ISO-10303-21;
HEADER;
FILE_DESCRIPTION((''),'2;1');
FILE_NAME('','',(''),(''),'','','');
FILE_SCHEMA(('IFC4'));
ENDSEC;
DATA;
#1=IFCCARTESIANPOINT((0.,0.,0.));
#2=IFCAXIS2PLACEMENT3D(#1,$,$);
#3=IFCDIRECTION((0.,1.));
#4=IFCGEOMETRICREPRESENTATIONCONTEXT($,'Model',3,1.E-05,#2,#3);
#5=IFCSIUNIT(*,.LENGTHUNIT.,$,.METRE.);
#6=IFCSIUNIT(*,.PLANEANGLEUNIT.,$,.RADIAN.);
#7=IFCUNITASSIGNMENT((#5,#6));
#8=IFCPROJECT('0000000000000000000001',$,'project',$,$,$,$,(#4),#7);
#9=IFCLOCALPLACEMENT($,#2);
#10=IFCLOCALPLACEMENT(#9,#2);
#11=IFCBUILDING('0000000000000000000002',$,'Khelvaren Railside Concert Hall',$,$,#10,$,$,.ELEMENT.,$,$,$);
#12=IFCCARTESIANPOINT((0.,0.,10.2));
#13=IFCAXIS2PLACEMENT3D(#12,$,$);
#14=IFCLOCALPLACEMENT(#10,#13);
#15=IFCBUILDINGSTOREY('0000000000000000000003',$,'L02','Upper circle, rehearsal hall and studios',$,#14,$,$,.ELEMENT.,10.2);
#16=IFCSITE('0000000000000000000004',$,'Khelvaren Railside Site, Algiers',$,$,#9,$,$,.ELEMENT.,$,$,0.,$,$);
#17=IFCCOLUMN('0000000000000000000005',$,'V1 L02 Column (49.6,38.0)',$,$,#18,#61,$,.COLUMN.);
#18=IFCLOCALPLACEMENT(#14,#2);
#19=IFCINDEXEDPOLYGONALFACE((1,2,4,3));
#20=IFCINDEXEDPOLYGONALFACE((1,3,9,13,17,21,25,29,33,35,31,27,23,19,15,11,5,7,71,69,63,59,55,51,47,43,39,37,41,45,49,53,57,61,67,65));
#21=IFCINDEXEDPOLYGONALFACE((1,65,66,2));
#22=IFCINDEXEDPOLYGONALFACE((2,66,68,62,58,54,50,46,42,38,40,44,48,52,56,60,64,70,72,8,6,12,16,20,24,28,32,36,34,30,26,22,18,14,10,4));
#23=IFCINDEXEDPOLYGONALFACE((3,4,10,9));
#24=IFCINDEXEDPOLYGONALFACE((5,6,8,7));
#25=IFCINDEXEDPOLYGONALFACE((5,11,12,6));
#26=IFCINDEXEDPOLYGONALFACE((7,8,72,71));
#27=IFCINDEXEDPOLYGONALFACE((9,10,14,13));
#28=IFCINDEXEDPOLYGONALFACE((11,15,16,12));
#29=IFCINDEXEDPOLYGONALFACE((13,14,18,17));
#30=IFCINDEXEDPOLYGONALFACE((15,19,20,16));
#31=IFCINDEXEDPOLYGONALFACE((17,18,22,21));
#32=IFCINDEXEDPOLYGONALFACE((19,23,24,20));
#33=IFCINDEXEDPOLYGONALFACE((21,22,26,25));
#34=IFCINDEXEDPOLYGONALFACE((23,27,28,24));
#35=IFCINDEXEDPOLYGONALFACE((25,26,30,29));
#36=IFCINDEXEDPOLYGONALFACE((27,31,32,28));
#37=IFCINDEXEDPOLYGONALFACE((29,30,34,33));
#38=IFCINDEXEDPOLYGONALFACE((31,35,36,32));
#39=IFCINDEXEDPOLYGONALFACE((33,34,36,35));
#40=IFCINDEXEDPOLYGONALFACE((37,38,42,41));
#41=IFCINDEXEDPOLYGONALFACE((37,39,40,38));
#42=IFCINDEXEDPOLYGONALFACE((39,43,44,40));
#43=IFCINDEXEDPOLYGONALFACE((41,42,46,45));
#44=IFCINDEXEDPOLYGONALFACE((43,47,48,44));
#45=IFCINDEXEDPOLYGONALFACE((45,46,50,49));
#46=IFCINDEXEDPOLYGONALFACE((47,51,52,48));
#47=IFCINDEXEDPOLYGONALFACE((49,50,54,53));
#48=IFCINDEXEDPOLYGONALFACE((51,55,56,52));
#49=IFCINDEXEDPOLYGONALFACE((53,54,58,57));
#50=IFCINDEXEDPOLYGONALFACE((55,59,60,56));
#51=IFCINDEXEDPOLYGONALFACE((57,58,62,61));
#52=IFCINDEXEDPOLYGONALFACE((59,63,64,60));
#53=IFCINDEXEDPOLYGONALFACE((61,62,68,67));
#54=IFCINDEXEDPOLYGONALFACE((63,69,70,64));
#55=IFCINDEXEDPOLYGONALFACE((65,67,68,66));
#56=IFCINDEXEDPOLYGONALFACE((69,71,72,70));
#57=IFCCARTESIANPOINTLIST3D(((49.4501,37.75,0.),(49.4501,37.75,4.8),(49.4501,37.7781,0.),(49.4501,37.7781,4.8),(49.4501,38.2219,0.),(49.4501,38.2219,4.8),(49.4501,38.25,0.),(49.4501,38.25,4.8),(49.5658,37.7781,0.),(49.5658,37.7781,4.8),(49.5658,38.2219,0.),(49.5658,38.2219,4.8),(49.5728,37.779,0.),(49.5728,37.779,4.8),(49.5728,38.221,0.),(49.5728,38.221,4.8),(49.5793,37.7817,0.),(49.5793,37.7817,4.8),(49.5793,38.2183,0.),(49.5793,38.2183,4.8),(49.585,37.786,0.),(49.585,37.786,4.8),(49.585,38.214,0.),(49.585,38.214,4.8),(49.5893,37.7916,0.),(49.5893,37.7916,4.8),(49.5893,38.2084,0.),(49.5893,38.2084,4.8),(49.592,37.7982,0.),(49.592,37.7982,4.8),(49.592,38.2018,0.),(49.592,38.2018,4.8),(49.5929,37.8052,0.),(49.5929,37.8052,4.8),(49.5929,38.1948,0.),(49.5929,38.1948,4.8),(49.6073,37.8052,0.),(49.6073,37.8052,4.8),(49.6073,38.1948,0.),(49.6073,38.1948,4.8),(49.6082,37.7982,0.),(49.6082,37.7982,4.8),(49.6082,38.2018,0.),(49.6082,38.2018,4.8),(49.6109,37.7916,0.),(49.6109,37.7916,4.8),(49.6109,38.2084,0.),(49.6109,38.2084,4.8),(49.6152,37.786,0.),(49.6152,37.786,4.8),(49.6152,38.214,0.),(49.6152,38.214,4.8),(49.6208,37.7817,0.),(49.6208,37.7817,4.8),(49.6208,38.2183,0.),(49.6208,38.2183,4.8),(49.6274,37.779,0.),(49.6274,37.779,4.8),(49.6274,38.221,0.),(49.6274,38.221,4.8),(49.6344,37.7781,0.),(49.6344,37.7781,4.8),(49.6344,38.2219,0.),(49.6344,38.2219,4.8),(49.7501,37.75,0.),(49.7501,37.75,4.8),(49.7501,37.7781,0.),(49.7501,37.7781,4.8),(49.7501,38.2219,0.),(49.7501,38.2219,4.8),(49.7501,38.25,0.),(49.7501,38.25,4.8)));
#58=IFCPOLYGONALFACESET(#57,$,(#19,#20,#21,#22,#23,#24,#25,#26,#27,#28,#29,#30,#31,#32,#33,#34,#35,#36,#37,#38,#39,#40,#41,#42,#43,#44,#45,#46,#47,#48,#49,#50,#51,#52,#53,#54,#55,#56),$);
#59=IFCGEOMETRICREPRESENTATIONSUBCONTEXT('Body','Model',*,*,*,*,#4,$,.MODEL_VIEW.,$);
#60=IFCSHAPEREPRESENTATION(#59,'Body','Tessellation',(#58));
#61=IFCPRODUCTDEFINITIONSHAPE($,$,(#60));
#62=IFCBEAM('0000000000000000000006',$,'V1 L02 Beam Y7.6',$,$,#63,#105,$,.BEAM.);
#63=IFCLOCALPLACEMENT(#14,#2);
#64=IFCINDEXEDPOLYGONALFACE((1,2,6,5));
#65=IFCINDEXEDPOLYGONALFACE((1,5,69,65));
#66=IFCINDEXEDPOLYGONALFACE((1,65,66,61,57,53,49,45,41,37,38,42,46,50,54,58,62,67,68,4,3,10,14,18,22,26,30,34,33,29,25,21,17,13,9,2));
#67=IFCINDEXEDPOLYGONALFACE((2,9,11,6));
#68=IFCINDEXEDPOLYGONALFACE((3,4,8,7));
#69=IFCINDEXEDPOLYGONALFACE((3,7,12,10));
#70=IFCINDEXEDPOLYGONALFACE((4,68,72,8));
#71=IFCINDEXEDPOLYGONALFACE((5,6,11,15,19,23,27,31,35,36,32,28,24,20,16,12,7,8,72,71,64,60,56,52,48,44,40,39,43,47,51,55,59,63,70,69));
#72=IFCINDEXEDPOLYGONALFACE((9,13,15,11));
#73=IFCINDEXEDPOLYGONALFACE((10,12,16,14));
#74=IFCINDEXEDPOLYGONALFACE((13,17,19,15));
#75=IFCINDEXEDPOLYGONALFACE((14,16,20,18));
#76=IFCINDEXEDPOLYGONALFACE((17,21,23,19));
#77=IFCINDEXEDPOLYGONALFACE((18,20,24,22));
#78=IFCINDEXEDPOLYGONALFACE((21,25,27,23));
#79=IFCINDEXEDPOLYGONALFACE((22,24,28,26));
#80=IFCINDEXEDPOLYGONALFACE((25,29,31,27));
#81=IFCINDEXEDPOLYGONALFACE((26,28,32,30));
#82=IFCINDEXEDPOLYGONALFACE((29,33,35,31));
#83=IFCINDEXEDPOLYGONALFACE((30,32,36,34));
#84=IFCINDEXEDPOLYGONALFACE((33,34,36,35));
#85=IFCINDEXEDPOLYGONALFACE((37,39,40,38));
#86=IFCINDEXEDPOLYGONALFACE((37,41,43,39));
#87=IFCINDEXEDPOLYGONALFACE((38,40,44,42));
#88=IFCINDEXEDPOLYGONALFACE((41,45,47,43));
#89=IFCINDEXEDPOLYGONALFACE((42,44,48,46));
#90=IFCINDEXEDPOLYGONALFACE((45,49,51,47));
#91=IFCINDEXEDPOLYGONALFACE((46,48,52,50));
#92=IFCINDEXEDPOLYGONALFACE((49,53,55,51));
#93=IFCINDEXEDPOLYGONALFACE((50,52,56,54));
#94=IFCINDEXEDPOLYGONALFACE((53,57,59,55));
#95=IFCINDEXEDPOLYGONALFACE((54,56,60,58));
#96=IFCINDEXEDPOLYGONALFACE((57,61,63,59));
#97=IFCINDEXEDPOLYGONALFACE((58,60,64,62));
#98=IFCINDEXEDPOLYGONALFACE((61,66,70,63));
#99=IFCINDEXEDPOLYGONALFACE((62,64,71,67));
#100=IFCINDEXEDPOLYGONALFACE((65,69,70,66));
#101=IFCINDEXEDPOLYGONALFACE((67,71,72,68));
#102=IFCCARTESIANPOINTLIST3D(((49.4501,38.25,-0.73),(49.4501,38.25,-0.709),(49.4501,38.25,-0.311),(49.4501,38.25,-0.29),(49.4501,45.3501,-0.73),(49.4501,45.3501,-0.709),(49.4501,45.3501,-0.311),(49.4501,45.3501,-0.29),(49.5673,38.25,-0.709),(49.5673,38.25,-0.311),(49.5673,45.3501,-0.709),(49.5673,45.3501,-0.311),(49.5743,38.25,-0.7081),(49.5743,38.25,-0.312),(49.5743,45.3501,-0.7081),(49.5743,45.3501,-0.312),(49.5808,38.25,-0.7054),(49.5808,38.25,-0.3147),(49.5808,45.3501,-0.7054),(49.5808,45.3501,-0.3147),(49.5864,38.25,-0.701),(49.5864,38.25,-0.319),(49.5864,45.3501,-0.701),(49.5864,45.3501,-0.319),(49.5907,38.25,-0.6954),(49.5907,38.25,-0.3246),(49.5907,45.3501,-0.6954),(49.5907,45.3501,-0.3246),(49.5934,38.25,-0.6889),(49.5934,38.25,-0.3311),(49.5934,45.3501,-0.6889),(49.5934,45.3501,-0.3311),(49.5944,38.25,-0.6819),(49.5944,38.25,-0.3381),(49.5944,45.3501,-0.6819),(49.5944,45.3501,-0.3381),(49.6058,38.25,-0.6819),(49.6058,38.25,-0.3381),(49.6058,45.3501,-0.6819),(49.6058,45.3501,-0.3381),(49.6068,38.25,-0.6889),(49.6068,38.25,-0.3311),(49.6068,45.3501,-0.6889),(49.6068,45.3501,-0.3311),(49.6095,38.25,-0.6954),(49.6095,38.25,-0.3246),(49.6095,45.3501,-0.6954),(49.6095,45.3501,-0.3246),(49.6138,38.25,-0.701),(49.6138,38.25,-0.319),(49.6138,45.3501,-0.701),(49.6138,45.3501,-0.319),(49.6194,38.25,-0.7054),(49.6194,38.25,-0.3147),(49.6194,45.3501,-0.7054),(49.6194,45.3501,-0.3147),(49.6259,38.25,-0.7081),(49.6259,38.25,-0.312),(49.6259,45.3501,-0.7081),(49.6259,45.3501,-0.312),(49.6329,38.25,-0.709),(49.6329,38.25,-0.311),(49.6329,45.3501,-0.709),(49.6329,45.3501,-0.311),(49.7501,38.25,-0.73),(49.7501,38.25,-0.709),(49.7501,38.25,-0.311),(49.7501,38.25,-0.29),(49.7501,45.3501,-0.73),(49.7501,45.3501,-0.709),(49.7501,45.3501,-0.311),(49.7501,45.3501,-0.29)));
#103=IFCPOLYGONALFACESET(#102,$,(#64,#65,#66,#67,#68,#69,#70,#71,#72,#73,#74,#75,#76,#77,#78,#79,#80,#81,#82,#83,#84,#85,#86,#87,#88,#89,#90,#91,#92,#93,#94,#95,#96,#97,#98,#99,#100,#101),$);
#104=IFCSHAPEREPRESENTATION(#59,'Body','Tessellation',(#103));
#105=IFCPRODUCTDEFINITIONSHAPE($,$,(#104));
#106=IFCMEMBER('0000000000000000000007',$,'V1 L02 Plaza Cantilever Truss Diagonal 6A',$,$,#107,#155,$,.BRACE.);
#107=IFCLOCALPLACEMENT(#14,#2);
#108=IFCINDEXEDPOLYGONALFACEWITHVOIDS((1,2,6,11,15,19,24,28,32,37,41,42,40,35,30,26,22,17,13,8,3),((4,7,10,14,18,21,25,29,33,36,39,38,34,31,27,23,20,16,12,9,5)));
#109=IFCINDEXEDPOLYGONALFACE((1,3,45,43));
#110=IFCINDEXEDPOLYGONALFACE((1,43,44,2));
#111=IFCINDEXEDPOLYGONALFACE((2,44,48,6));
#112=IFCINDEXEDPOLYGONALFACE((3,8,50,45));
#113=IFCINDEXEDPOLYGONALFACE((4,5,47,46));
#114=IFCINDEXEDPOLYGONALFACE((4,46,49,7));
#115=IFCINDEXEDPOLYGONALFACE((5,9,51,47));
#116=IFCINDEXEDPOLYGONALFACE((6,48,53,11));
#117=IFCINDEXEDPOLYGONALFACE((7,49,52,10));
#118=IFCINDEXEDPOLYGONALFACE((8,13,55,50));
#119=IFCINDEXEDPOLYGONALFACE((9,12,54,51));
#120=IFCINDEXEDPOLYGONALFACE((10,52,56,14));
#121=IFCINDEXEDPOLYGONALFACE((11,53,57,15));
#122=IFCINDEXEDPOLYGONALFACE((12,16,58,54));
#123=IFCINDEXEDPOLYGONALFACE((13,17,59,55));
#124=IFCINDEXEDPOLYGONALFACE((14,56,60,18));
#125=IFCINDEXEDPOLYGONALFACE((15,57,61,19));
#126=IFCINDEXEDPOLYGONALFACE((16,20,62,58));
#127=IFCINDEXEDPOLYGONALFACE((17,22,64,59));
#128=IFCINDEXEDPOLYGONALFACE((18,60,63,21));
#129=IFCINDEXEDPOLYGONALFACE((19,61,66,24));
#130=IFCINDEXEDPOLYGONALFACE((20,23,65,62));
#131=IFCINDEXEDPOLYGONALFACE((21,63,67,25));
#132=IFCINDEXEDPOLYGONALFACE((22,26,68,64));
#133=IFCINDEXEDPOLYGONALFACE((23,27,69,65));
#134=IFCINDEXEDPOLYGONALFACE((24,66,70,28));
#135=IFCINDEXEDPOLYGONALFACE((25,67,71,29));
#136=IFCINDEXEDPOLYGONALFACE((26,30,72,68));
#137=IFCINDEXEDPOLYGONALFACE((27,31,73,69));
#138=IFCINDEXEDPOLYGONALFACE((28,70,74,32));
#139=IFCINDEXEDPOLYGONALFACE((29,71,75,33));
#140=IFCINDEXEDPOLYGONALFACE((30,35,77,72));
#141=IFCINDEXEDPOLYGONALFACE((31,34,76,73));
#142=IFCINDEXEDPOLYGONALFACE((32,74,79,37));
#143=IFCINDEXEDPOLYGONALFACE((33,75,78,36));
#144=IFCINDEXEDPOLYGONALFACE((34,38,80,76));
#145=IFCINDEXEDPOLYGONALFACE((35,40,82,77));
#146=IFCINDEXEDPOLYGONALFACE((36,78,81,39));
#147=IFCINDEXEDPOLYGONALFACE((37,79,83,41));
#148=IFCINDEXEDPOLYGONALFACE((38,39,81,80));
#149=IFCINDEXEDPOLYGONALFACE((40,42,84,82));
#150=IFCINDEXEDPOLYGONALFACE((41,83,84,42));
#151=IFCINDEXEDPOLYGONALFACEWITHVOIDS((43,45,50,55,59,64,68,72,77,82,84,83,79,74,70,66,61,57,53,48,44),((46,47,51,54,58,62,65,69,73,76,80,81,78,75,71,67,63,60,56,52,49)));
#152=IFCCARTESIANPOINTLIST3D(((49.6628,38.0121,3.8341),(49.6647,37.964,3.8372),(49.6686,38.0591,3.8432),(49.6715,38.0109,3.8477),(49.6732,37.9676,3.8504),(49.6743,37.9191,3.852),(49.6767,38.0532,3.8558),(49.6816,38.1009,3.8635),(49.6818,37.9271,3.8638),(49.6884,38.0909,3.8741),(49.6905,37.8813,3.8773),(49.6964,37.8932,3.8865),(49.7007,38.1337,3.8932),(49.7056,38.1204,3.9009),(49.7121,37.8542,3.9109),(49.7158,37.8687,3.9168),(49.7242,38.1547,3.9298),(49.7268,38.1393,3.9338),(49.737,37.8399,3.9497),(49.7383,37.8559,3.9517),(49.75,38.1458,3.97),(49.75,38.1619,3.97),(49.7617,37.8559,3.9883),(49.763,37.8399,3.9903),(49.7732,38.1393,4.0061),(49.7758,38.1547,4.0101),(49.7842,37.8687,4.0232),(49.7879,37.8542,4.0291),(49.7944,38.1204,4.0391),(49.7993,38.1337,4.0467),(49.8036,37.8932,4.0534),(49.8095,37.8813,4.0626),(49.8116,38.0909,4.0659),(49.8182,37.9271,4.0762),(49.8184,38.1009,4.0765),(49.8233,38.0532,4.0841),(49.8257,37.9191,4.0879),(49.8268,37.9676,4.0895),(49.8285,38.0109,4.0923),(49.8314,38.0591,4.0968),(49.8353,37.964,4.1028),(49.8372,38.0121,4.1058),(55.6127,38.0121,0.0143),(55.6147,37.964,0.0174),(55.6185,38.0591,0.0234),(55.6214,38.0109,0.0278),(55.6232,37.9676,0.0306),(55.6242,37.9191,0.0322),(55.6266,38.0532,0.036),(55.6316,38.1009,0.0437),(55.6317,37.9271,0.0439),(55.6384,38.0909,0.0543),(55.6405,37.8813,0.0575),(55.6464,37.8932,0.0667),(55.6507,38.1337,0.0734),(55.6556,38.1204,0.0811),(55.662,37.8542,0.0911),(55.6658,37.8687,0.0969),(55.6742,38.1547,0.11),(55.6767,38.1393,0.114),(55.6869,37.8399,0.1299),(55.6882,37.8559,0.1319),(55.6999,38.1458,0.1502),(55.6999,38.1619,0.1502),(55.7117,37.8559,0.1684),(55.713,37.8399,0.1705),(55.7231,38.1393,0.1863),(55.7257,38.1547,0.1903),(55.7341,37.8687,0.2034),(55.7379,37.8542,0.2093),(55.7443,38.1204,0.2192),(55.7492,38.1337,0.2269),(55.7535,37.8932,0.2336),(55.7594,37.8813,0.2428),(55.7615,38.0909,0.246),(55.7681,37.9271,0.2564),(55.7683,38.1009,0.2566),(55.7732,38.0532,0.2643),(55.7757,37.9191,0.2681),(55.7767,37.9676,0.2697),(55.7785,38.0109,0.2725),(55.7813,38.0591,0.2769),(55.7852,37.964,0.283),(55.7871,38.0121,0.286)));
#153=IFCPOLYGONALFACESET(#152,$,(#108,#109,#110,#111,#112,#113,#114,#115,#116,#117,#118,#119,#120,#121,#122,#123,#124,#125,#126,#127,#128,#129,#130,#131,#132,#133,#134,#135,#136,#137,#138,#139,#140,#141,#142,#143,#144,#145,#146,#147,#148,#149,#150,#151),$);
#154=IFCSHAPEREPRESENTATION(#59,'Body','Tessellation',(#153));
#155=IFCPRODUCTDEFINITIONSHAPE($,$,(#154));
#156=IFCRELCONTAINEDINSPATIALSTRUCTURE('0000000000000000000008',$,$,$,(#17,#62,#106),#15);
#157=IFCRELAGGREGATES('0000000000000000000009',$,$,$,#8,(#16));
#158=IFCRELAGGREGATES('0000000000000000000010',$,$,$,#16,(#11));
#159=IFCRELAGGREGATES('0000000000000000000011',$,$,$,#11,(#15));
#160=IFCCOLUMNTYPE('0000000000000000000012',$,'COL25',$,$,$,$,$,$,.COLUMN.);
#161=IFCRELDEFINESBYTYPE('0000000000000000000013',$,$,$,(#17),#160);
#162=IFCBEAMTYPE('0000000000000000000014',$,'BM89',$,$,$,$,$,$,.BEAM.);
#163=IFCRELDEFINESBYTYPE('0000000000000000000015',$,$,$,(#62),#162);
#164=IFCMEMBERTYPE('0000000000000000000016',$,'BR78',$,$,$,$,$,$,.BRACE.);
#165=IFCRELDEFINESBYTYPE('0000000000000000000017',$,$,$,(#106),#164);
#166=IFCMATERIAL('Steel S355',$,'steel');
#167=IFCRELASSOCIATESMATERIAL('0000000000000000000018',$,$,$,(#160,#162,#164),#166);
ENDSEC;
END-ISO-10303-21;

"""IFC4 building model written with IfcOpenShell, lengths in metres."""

from ifc_helpers import new_model, si_unit, direction, frame, origin, origin_2d, place, context, subcontext, project, spatial, hollow_circle, i_section, extrude, material, material_profile, profile_set, type_object, element, save


model = new_model("IFC4")

# Units and contexts
model_context = context("Model", 3, precision=1e-05, world=origin(), true_north=direction((0.0, 1.0)))
body_context = subcontext(model_context, "Body", "Model", "MODEL_VIEW")
ifc_project = project(units=[si_unit("LENGTHUNIT", "METRE"), si_unit("PLANEANGLEUNIT", "RADIAN")], contexts=[model_context])

# Site, building, storey
site_placement = place(None, origin())
site = spatial("IfcSite", under=ifc_project, at=site_placement, Name="Khelvaren Railside Site, Algiers", CompositionType="ELEMENT", RefElevation=0.0)
building_placement = place(site_placement, origin())
building = spatial("IfcBuilding", under=site, at=building_placement, Name="Khelvaren Railside Concert Hall", CompositionType="ELEMENT")
storey_placement = place(building_placement, frame((0.0, 0.0, 10.2)))
storey = spatial("IfcBuildingStorey", under=building, at=storey_placement, Name="L02", Description="Upper circle, rehearsal hall and studios", CompositionType="ELEMENT", Elevation=10.2)

# Column
ifc_material_1 = material(Name="Steel S355", Category="steel")
ifc_material_profile_1 = material_profile(ifc_material_1, i_section(OverallWidth=0.3, OverallDepth=0.5, WebThickness=0.0144, FlangeThickness=0.0281, FilletRadius=0.0271, at=origin_2d()), Name="HEB 500")
ifc_profile_set_1 = profile_set([ifc_material_profile_1], Name="Steel S355")
column_type = type_object("IfcColumnType", Name="COL25", PredefinedType="COLUMN", material=ifc_profile_set_1)
column_placement = place(storey_placement, frame((49.6001, 38.0, 0.0), z_axis=(0.0, 0.0, 1.0), x_axis=(1.0, 0.0, 0.0)))
element("IfcColumn", 1, at=column_placement, inside=storey, type_object=column_type, Name="V1 L02 Column (49.6,38.0)", PredefinedType="COLUMN", context=body_context, shape_type="SweptSolid", body=[
    extrude(i_section(OverallWidth=0.3, OverallDepth=0.5, WebThickness=0.0144, FlangeThickness=0.0281, FilletRadius=0.0271, at=origin_2d()), origin(), (0.0, 0.0, 1.0), 4.8),
])

# Beam
ifc_material_profile_2 = material_profile(ifc_material_1, i_section(OverallWidth=0.3, OverallDepth=0.4399, WebThickness=0.0115, FlangeThickness=0.021, FilletRadius=0.0271, at=origin_2d()), Name="HEA 450")
ifc_profile_set_2 = profile_set([ifc_material_profile_2], Name="Steel S355")
beam_type_1 = type_object("IfcBeamType", Name="BM89", PredefinedType="BEAM", material=ifc_profile_set_2)
beam_1_placement = place(storey_placement, frame((49.6001, 38.25, -0.51), z_axis=(0.0, 1.0, 0.0), x_axis=(-1.0, 0.0, 0.0)))
element("IfcBeam", 2, at=beam_1_placement, inside=storey, type_object=beam_type_1, Name="V1 L02 Beam Y7.6", PredefinedType="BEAM", context=body_context, shape_type="SweptSolid", body=[
    extrude(i_section(OverallWidth=0.3, OverallDepth=0.4399, WebThickness=0.0115, FlangeThickness=0.021, FilletRadius=0.0271, at=origin_2d()), origin(), (0.0, 0.0, 1.0), 7.1001),
])

# Member
ifc_material_profile_3 = material_profile(ifc_material_1, hollow_circle(Radius=0.1619, WallThickness=0.0161, at=origin_2d()), Name="CHS 323.9x16")
ifc_profile_set_3 = profile_set([ifc_material_profile_3], Name="Steel S355")
member_type_1 = type_object("IfcMemberType", Name="BR78", PredefinedType="BRACE", material=ifc_profile_set_3)
member_1_placement = place(storey_placement, frame((49.75, 38.0, 3.97), z_axis=(0.841509, 0.0, -0.540243), x_axis=(0.0, 1.0, 0.0)))
element("IfcMember", 3, at=member_1_placement, inside=storey, type_object=member_type_1, Name="V1 L02 Plaza Cantilever Truss Diagonal 6A", PredefinedType="BRACE", context=body_context, shape_type="SweptSolid", body=[
    extrude(hollow_circle(Radius=0.1619, WallThickness=0.0161, at=origin_2d()), origin(), (0.0, 0.0, 1.0), 7.0706),
])

save(model, "model.ifc")
